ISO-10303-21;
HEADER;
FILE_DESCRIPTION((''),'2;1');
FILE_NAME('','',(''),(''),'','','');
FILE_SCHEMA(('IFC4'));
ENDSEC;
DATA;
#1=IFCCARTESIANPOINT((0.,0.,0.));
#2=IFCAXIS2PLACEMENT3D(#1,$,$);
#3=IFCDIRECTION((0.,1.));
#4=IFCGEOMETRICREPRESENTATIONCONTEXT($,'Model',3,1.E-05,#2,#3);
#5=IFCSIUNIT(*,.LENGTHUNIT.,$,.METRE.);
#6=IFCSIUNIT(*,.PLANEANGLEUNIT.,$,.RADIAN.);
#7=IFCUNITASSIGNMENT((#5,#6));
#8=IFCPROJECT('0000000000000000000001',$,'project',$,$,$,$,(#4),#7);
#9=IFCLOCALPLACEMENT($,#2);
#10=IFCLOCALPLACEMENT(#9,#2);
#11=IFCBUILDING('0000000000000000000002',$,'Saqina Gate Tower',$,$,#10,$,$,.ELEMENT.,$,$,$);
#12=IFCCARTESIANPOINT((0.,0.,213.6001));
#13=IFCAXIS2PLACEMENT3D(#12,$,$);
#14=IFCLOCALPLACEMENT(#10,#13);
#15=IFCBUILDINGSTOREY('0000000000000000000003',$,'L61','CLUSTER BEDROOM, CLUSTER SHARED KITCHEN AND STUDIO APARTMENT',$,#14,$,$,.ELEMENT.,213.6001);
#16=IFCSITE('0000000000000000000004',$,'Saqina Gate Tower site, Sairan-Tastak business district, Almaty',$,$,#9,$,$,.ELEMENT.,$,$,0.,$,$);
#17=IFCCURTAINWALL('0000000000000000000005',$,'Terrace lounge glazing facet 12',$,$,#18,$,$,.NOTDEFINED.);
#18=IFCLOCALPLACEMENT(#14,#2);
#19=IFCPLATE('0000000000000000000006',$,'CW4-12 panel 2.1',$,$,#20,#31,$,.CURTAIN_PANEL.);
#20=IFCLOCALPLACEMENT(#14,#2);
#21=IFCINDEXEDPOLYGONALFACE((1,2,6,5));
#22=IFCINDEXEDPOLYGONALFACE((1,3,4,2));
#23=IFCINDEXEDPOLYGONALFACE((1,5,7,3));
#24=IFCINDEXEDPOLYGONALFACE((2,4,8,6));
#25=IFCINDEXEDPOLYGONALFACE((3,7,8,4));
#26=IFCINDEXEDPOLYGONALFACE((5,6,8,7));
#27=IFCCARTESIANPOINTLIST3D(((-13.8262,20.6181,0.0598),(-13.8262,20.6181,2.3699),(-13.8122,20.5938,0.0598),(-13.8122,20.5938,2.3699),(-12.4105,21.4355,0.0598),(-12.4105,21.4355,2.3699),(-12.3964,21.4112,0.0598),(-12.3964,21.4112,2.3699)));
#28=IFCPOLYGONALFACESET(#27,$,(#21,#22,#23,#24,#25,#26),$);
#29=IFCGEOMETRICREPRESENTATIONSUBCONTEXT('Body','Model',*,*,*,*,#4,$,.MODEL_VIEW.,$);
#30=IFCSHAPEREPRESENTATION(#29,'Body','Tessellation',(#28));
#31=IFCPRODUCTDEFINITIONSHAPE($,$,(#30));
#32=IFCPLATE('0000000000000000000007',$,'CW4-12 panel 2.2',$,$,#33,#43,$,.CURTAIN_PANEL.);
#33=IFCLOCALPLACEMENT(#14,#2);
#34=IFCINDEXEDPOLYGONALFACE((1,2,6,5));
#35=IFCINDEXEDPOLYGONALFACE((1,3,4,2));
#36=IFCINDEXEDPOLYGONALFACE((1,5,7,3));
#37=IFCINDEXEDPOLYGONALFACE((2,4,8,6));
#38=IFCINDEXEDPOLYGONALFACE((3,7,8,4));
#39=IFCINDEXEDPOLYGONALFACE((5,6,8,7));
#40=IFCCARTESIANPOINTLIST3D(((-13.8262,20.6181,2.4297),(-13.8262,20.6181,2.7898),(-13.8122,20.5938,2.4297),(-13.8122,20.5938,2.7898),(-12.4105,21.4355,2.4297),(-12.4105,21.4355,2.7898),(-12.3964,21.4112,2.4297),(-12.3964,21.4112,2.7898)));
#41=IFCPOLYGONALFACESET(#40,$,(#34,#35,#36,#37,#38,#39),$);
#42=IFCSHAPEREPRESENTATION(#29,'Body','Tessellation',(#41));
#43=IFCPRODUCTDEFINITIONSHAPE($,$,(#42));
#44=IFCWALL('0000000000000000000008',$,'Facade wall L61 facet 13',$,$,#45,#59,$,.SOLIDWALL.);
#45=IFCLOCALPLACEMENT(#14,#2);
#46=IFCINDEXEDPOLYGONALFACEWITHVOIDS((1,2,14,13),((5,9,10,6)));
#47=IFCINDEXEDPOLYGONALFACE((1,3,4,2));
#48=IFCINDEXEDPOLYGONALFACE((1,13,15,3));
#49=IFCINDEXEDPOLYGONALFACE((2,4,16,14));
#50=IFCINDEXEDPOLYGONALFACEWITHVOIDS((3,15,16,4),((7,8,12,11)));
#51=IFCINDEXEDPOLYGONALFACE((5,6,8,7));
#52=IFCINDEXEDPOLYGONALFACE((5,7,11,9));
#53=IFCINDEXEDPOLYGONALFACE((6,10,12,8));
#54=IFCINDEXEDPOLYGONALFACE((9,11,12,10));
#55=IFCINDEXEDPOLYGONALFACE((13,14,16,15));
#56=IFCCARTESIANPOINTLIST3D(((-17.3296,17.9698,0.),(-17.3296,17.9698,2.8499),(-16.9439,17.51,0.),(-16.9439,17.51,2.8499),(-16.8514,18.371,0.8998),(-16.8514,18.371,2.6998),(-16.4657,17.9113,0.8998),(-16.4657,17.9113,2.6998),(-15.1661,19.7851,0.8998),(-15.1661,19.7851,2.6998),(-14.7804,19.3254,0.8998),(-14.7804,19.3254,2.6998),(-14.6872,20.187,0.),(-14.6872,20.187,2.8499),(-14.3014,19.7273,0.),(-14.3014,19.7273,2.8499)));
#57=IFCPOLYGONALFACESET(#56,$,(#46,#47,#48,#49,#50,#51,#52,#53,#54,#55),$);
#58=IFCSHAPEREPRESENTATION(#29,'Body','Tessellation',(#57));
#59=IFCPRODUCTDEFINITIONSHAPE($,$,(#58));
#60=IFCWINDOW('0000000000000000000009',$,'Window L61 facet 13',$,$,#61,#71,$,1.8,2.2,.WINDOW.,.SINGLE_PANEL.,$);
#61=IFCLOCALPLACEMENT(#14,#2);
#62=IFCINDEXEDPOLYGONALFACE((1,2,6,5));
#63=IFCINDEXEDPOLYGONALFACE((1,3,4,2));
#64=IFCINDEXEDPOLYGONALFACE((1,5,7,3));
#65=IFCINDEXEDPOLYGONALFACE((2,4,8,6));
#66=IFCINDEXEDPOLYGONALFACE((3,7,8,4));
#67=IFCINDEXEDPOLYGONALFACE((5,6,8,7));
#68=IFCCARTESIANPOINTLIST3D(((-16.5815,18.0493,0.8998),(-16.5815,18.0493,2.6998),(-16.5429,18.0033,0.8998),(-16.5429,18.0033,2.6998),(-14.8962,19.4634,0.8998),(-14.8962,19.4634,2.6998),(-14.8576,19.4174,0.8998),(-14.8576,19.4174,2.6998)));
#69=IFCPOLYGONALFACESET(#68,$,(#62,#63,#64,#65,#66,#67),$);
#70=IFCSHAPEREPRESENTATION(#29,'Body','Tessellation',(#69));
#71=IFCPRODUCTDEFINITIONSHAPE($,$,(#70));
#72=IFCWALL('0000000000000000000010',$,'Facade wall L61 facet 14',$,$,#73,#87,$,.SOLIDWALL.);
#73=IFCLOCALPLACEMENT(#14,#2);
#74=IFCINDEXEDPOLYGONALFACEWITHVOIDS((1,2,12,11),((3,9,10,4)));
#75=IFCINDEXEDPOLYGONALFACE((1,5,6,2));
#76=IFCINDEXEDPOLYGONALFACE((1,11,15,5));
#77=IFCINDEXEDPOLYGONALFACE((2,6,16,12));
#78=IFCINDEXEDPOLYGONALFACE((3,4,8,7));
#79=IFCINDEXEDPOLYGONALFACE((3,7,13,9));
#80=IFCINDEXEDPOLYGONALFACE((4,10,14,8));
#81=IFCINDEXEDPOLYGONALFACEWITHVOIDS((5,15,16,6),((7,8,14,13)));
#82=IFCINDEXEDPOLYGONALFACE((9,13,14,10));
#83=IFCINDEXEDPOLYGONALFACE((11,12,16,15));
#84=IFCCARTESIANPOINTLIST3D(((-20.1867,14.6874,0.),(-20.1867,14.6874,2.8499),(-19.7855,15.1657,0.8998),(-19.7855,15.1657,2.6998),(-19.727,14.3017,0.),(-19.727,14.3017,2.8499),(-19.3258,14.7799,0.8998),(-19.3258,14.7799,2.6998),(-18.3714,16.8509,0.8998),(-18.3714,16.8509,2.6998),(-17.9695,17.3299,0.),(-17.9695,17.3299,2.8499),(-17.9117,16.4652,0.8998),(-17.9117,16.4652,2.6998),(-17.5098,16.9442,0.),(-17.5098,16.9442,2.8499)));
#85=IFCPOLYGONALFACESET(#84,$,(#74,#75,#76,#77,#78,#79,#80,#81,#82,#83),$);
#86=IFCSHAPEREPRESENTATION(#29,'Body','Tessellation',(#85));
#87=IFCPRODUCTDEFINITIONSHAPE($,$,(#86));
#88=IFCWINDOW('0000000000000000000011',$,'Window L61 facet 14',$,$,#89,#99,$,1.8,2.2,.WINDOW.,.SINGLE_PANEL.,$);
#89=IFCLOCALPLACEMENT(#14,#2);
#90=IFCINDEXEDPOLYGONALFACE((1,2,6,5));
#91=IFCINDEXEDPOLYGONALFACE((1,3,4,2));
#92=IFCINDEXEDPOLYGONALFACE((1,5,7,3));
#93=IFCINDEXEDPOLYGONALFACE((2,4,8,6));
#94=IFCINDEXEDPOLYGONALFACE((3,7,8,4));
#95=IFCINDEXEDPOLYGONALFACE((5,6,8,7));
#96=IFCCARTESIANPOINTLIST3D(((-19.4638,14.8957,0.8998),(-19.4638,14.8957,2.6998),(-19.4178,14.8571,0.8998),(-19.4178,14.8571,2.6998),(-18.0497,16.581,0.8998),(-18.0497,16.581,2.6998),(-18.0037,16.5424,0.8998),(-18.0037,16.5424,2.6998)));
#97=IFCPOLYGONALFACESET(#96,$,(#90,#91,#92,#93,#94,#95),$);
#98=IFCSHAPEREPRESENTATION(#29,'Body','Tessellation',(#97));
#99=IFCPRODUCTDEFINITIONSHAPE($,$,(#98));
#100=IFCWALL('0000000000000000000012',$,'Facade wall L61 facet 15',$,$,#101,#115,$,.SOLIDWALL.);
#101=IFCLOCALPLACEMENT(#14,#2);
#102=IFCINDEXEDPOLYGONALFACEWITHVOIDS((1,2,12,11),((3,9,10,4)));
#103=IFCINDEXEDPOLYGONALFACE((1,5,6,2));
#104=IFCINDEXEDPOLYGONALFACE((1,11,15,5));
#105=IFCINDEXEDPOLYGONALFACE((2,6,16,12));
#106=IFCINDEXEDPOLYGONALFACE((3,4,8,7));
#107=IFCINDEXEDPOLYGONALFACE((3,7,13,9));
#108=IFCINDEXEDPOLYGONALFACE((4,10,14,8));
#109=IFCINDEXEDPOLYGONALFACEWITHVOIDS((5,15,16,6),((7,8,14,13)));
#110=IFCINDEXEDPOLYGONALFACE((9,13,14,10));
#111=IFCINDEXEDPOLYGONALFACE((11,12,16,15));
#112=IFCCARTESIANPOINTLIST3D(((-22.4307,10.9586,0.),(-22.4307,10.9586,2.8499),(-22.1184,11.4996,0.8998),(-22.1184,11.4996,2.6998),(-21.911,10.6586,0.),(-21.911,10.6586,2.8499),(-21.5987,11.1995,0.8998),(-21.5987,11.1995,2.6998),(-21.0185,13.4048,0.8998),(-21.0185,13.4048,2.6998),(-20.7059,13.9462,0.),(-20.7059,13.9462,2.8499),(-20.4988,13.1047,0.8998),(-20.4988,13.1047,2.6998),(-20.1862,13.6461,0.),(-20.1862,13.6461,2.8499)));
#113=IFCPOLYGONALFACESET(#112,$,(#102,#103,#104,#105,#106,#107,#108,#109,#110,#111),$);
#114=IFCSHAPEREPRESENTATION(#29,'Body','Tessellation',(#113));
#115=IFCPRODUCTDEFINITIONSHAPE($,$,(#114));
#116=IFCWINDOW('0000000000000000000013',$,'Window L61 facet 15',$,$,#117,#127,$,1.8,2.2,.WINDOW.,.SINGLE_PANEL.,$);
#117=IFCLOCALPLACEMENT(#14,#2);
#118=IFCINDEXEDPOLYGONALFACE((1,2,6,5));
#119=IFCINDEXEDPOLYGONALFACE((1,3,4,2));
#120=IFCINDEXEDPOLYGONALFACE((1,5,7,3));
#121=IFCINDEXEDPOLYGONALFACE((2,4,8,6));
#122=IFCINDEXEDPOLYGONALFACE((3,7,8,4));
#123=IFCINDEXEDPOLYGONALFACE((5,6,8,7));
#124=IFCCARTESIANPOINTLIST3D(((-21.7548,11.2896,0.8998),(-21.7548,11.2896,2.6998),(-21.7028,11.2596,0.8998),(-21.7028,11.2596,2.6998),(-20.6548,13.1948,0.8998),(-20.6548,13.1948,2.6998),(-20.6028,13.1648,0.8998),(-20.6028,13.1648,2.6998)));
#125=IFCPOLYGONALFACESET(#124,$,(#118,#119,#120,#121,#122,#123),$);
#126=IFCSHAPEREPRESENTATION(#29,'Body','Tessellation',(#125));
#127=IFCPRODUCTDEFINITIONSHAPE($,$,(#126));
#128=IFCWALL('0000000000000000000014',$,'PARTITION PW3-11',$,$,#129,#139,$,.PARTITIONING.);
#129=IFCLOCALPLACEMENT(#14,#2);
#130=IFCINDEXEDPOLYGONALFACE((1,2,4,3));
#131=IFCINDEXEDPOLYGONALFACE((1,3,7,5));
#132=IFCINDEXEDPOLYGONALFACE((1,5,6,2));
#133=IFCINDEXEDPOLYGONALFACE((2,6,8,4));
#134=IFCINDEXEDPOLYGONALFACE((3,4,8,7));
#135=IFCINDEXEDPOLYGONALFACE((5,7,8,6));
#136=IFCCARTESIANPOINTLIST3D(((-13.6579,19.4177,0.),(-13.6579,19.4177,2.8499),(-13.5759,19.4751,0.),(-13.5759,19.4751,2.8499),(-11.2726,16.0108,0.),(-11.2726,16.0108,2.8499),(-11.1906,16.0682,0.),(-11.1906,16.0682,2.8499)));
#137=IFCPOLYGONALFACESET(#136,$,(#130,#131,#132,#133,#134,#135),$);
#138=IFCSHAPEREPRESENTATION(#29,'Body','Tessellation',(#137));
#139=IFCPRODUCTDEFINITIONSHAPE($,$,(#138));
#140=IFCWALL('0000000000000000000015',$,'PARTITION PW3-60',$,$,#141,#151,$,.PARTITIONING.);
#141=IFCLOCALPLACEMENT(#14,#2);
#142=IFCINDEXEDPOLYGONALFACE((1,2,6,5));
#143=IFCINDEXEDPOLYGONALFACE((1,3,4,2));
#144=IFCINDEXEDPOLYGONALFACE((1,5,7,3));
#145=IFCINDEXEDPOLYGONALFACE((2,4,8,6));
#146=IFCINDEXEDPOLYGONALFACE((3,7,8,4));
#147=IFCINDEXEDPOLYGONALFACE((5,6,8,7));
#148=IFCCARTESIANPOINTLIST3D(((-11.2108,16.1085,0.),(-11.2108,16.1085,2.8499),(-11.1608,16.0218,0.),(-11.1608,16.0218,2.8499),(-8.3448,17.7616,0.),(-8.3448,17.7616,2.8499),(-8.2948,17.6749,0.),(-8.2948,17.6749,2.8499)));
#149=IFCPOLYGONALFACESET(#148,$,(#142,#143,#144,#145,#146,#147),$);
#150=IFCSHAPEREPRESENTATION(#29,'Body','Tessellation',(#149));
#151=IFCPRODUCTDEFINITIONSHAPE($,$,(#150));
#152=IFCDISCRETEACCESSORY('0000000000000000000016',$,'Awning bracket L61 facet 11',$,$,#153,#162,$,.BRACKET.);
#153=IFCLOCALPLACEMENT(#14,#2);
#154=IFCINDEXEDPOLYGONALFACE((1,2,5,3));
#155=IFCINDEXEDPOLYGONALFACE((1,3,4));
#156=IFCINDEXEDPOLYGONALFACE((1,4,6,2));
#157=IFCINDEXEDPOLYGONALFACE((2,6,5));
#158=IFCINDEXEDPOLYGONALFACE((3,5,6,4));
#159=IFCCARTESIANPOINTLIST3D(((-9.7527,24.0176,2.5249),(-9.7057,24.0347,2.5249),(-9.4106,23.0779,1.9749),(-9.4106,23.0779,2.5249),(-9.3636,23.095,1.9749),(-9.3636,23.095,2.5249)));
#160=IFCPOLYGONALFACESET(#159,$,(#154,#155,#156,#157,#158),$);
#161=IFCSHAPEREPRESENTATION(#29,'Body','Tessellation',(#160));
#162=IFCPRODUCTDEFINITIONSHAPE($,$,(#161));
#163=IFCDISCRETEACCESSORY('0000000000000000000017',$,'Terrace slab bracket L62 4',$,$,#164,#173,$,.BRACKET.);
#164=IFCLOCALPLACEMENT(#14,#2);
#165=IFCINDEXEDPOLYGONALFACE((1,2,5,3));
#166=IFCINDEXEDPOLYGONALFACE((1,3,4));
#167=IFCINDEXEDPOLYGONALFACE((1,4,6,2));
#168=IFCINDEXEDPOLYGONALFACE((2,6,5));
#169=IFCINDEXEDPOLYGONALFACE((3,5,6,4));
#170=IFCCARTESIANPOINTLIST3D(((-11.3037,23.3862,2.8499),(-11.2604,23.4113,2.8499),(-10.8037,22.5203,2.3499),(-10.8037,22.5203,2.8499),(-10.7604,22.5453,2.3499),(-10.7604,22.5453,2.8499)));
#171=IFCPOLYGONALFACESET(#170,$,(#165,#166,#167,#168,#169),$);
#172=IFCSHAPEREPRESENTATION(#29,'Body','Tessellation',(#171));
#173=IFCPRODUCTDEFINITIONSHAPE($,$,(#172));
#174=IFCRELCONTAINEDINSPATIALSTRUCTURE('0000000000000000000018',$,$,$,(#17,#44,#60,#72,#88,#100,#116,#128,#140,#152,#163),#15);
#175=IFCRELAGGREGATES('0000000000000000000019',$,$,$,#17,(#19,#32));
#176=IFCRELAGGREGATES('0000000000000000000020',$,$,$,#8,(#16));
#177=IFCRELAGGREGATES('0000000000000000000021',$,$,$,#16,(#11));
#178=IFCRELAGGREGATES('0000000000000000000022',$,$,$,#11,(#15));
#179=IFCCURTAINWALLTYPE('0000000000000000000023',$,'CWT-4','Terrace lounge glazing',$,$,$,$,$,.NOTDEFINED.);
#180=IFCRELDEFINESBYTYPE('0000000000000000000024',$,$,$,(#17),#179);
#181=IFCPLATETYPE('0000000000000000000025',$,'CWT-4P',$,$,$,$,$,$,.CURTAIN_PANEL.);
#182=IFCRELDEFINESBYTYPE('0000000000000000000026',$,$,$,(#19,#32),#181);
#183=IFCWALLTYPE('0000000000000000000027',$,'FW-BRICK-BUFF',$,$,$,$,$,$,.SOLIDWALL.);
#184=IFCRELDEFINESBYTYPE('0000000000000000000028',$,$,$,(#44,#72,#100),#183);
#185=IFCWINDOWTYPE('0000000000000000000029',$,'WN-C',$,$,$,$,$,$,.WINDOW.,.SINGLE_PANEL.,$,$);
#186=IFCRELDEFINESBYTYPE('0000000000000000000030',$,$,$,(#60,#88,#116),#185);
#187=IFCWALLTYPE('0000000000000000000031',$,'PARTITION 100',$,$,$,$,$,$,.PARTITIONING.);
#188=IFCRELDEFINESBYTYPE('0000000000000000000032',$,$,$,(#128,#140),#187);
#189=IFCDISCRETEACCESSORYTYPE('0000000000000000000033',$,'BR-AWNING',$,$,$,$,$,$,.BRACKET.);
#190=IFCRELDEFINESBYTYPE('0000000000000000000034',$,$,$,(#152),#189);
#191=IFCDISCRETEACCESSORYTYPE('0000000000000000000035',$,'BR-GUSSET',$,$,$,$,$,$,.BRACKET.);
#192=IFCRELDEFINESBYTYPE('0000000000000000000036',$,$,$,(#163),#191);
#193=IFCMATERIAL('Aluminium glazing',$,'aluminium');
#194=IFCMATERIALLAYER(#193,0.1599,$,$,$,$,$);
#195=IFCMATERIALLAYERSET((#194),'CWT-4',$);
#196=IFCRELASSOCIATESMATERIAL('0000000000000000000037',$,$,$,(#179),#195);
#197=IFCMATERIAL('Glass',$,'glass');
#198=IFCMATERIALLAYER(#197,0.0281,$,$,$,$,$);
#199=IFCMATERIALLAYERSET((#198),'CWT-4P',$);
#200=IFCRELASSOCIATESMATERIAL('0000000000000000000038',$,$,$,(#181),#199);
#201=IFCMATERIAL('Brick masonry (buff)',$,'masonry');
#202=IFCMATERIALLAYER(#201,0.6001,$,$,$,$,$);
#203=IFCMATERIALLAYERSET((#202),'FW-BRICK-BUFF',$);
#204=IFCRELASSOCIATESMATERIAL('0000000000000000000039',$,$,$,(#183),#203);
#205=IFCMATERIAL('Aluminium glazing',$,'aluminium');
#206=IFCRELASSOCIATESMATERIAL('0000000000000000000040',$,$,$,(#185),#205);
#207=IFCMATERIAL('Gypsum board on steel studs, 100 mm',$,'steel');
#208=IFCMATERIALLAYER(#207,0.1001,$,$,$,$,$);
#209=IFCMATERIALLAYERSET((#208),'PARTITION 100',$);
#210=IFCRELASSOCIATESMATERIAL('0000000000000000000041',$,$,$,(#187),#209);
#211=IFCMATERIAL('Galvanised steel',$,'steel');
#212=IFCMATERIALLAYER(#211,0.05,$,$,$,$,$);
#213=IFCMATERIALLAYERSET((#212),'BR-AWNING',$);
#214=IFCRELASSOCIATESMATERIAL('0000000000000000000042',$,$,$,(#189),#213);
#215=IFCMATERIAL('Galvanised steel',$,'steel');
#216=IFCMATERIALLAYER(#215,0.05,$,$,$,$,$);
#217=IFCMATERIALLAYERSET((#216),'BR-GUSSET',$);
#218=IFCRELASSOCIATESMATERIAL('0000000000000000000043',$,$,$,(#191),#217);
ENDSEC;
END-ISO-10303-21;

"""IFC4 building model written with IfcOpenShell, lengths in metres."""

from ifc_helpers import new_model, si_unit, direction, frame, frame_2d, origin, origin_2d, place, context, subcontext, project, spatial, polyline, rectangle, outline, extrude, material, layer, layer_set, type_object, element, fill, aggregate, save


model = new_model("IFC4")

# Units and contexts
model_context = context("Model", 3, precision=1e-05, world=origin(), true_north=direction((0.0, 1.0)))
body_context = subcontext(model_context, "Body", "Model", "MODEL_VIEW")
ifc_project = project(units=[si_unit("LENGTHUNIT", "METRE"), si_unit("PLANEANGLEUNIT", "RADIAN")], contexts=[model_context])

# Site, building, storey
site_placement = place(None, origin())
site = spatial("IfcSite", under=ifc_project, at=site_placement, Name="Saqina Gate Tower site, Sairan-Tastak business district, Almaty", CompositionType="ELEMENT", RefElevation=0.0)
building_placement = place(site_placement, origin())
building = spatial("IfcBuilding", under=site, at=building_placement, Name="Saqina Gate Tower", CompositionType="ELEMENT")
storey_placement = place(building_placement, frame((0.0, 0.0, 213.6001)))
storey = spatial("IfcBuildingStorey", under=building, at=storey_placement, Name="L61", Description="CLUSTER BEDROOM, CLUSTER SHARED KITCHEN AND STUDIO APARTMENT", CompositionType="ELEMENT", Elevation=213.6001)

# Curtain wall, plates
ifc_material_1 = material(Name="Aluminium glazing", Category="aluminium")
ifc_layer_1 = layer(ifc_material_1, 0.1599)
ifc_layer_set_1 = layer_set([ifc_layer_1], Name="CWT-4")
curtain_wall_type = type_object("IfcCurtainWallType", Name="CWT-4", Description="Terrace lounge glazing", PredefinedType="NOTDEFINED", material=ifc_layer_set_1)
curtain_wall_placement = place(storey_placement, origin())
curtain_wall = element("IfcCurtainWall", 1, at=curtain_wall_placement, inside=storey, type_object=curtain_wall_type, Name="Terrace lounge glazing facet 12", PredefinedType="NOTDEFINED")
ifc_material_2 = material(Name="Glass", Category="glass")
ifc_layer_2 = layer(ifc_material_2, 0.0281)
ifc_layer_set_2 = layer_set([ifc_layer_2], Name="CWT-4P")
plate_type = type_object("IfcPlateType", Name="CWT-4P", PredefinedType="CURTAIN_PANEL", material=ifc_layer_set_2)
plate_1_placement = place(storey_placement, frame((-13.1113, 21.0146, 0.0598), z_axis=(0.0, 0.0, 1.0), x_axis=(-0.866017, -0.500014, 0.0)))
plate_1 = element("IfcPlate", 2, at=plate_1_placement, type_object=plate_type, Name="CW4-12 panel 2.1", PredefinedType="CURTAIN_PANEL", context=body_context, shape_type="SweptSolid", body=[
    extrude(rectangle(XDim=1.6348, YDim=0.0281, at=origin_2d()), origin(), (0.0, 0.0, 1.0), 2.3101),
])
plate_2_placement = place(storey_placement, frame((-13.1113, 21.0146, 2.4297), z_axis=(0.0, 0.0, 1.0), x_axis=(-0.866017, -0.500014, 0.0)))
plate_2 = element("IfcPlate", 3, at=plate_2_placement, type_object=plate_type, Name="CW4-12 panel 2.2", PredefinedType="CURTAIN_PANEL", context=body_context, shape_type="SweptSolid", body=[
    extrude(rectangle(XDim=1.6348, YDim=0.0281, at=origin_2d()), origin(), (0.0, 0.0, 1.0), 0.3601),
])
aggregate(curtain_wall, [plate_1, plate_2])

# Walls, openings, windows
ifc_material_3 = material(Name="Brick masonry (buff)", Category="masonry")
ifc_layer_3 = layer(ifc_material_3, 0.6001)
ifc_layer_set_3 = layer_set([ifc_layer_3], Name="FW-BRICK-BUFF")
wall_type_1 = type_object("IfcWallType", Name="FW-BRICK-BUFF", PredefinedType="SOLIDWALL", material=ifc_layer_set_3)
wall_1_placement = place(storey_placement, frame((-14.4944, 19.957, 0.0), z_axis=(0.0, 0.0, 1.0), x_axis=(-0.766059, -0.64277, 0.0)))
wall_1 = element("IfcWall", 4, at=wall_1_placement, inside=storey, type_object=wall_type_1, Name="Facade wall L61 facet 13", PredefinedType="SOLIDWALL", context=body_context, shape_type="SweptSolid", body=[
    extrude(rectangle(XDim=3.4495, YDim=0.6001, at=frame_2d((1.7246, 0.0))), origin(), (0.0, 0.0, 1.0), 2.8499),
])
opening_1_placement = place(wall_1_placement, frame((0.625, 0.0, 0.8999)))
opening_1 = element("IfcOpeningElement", 5, at=opening_1_placement, cuts=wall_1, PredefinedType="OPENING", context=body_context, shape_type="SweptSolid", body=[
    extrude(rectangle(XDim=2.2, YDim=1.8, at=frame_2d((1.1001, 0.8999))), frame((0.0, 0.312, 0.0), z_axis=(0.0, -1.0, 0.0), x_axis=(1.0, 0.0, 0.0)), (0.0, 0.0, 1.0), 0.624),
])
ifc_material_4 = material(Name="Aluminium glazing", Category="aluminium")
window_type = type_object("IfcWindowType", Name="WN-C", PartitioningType="SINGLE_PANEL", PredefinedType="WINDOW", material=ifc_material_4)
window_1_placement = place(opening_1_placement, origin())
window_1 = element("IfcWindow", 6, at=window_1_placement, inside=storey, type_object=window_type, Name="Window L61 facet 13", OverallHeight=1.8, OverallWidth=2.2, PartitioningType="SINGLE_PANEL", PredefinedType="WINDOW", context=body_context, shape_type="SweptSolid", body=[
    extrude(rectangle(XDim=2.2, YDim=1.8, at=frame_2d((1.1001, 0.8999))), frame((0.0, 0.1799, 0.0), z_axis=(0.0, -1.0, 0.0), x_axis=(1.0, 0.0, 0.0)), (0.0, 0.0, 1.0), 0.0601),
])
fill(opening_1, window_1)
wall_2_placement = place(storey_placement, frame((-17.7397, 17.137, 0.0), z_axis=(0.0, 0.0, 1.0), x_axis=(-0.64277, -0.766059, 0.0)))
wall_2 = element("IfcWall", 7, at=wall_2_placement, inside=storey, type_object=wall_type_1, Name="Facade wall L61 facet 14", PredefinedType="SOLIDWALL", context=body_context, shape_type="SweptSolid", body=[
    extrude(rectangle(XDim=3.4495, YDim=0.6001, at=frame_2d((1.7246, 0.0))), origin(), (0.0, 0.0, 1.0), 2.8499),
])
opening_2_placement = place(wall_2_placement, frame((0.625, 0.0, 0.8999)))
opening_2 = element("IfcOpeningElement", 8, at=opening_2_placement, cuts=wall_2, PredefinedType="OPENING", context=body_context, shape_type="SweptSolid", body=[
    extrude(rectangle(XDim=2.2, YDim=1.8, at=frame_2d((1.1001, 0.8999))), frame((0.0, 0.312, 0.0), z_axis=(0.0, -1.0, 0.0), x_axis=(1.0, 0.0, 0.0)), (0.0, 0.0, 1.0), 0.624),
])
window_2_placement = place(opening_2_placement, origin())
window_2 = element("IfcWindow", 9, at=window_2_placement, inside=storey, type_object=window_type, Name="Window L61 facet 14", OverallHeight=1.8, OverallWidth=2.2, PartitioningType="SINGLE_PANEL", PredefinedType="WINDOW", context=body_context, shape_type="SweptSolid", body=[
    extrude(rectangle(XDim=2.2, YDim=1.8, at=frame_2d((1.1001, 0.8999))), frame((0.0, 0.1799, 0.0), z_axis=(0.0, -1.0, 0.0), x_axis=(1.0, 0.0, 0.0)), (0.0, 0.0, 1.0), 0.0601),
])
fill(opening_2, window_2)
wall_3_placement = place(storey_placement, frame((-20.446, 13.7961, 0.0), z_axis=(0.0, 0.0, 1.0), x_axis=(-0.499998, -0.866026, 0.0)))
wall_3 = element("IfcWall", 10, at=wall_3_placement, inside=storey, type_object=wall_type_1, Name="Facade wall L61 facet 15", PredefinedType="SOLIDWALL", context=body_context, shape_type="SweptSolid", body=[
    extrude(rectangle(XDim=3.4497, YDim=0.6001, at=frame_2d((1.7249, 0.0))), origin(), (0.0, 0.0, 1.0), 2.8499),
])
opening_3_placement = place(wall_3_placement, frame((0.625, 0.0, 0.8999)))
opening_3 = element("IfcOpeningElement", 11, at=opening_3_placement, cuts=wall_3, PredefinedType="OPENING", context=body_context, shape_type="SweptSolid", body=[
    extrude(rectangle(XDim=2.2, YDim=1.8, at=frame_2d((1.1001, 0.8999))), frame((0.0, 0.312, 0.0), z_axis=(0.0, -1.0, 0.0), x_axis=(1.0, 0.0, 0.0)), (0.0, 0.0, 1.0), 0.624),
])
window_3_placement = place(opening_3_placement, origin())
window_3 = element("IfcWindow", 12, at=window_3_placement, inside=storey, type_object=window_type, Name="Window L61 facet 15", OverallHeight=1.8, OverallWidth=2.2, PartitioningType="SINGLE_PANEL", PredefinedType="WINDOW", context=body_context, shape_type="SweptSolid", body=[
    extrude(rectangle(XDim=2.2, YDim=1.8, at=frame_2d((1.1001, 0.8999))), frame((0.0, 0.1799, 0.0), z_axis=(0.0, -1.0, 0.0), x_axis=(1.0, 0.0, 0.0)), (0.0, 0.0, 1.0), 0.0601),
])
fill(opening_3, window_3)

# Walls
ifc_material_5 = material(Name="Gypsum board on steel studs, 100 mm", Category="steel")
ifc_layer_4 = layer(ifc_material_5, 0.1001)
ifc_layer_set_4 = layer_set([ifc_layer_4], Name="PARTITION 100")
wall_type_2 = type_object("IfcWallType", Name="PARTITION 100", PredefinedType="PARTITIONING", material=ifc_layer_set_4)
wall_4_placement = place(storey_placement, frame((-13.6169, 19.4465, 0.0), z_axis=(0.0, 0.0, 1.0), x_axis=(0.573521, -0.819191, 0.0)))
element("IfcWall", 13, at=wall_4_placement, inside=storey, type_object=wall_type_2, Name="PARTITION PW3-11", PredefinedType="PARTITIONING", context=body_context, shape_type="SweptSolid", body=[
    extrude(rectangle(XDim=4.1589, YDim=0.1001, at=frame_2d((2.0796, 0.0))), origin(), (0.0, 0.0, 1.0), 2.8499),
])
wall_5_placement = place(storey_placement, frame((-11.1858, 16.0652, 0.0), z_axis=(0.0, 0.0, 1.0), x_axis=(0.866233, 0.499639, 0.0)))
element("IfcWall", 14, at=wall_5_placement, inside=storey, type_object=wall_type_2, Name="PARTITION PW3-60", PredefinedType="PARTITIONING", context=body_context, shape_type="SweptSolid", body=[
    extrude(rectangle(XDim=3.3086, YDim=0.1001, at=frame_2d((1.6543, 0.0))), origin(), (0.0, 0.0, 1.0), 2.8499),
])

# Discrete accessories
ifc_material_6 = material(Name="Galvanised steel", Category="steel")
ifc_layer_5 = layer(ifc_material_6, 0.05)
ifc_layer_set_5 = layer_set([ifc_layer_5], Name="BR-AWNING")
discrete_accessory_type_1 = type_object("IfcDiscreteAccessoryType", Name="BR-AWNING", PredefinedType="BRACKET", material=ifc_layer_set_5)
discrete_accessory_1_placement = place(storey_placement, frame((-9.4106, 23.0779, 1.9749), z_axis=(-0.939686, -0.342037, 0.0), x_axis=(0.0, 0.0, 1.0)))
element("IfcDiscreteAccessory", 15, at=discrete_accessory_1_placement, inside=storey, type_object=discrete_accessory_type_1, Name="Awning bracket L61 facet 11", PredefinedType="BRACKET", context=body_context, shape_type="SweptSolid", body=[
    extrude(outline(polyline([(0.0, 0.0), (0.55, 0.0), (0.55, 1.0), (0.0, 0.0)])), origin(), (0.0, 0.0, -1.0), 0.05),
])
ifc_material_7 = material(Name="Galvanised steel", Category="steel")
ifc_layer_6 = layer(ifc_material_7, 0.05)
ifc_layer_set_6 = layer_set([ifc_layer_6], Name="BR-GUSSET")
discrete_accessory_type_2 = type_object("IfcDiscreteAccessoryType", Name="BR-GUSSET", PredefinedType="BRACKET", material=ifc_layer_set_6)
discrete_accessory_2_placement = place(storey_placement, frame((-10.8037, 22.5203, 2.3499), z_axis=(-0.866011, -0.500025, 0.0), x_axis=(0.0, 0.0, 1.0)))
element("IfcDiscreteAccessory", 16, at=discrete_accessory_2_placement, inside=storey, type_object=discrete_accessory_type_2, Name="Terrace slab bracket L62 4", PredefinedType="BRACKET", context=body_context, shape_type="SweptSolid", body=[
    extrude(outline(polyline([(0.0, 0.0), (0.5, 0.0), (0.5, 0.9999), (0.0, 0.0)])), origin(), (0.0, 0.0, -1.0), 0.05),
])

save(model, "model.ifc")
